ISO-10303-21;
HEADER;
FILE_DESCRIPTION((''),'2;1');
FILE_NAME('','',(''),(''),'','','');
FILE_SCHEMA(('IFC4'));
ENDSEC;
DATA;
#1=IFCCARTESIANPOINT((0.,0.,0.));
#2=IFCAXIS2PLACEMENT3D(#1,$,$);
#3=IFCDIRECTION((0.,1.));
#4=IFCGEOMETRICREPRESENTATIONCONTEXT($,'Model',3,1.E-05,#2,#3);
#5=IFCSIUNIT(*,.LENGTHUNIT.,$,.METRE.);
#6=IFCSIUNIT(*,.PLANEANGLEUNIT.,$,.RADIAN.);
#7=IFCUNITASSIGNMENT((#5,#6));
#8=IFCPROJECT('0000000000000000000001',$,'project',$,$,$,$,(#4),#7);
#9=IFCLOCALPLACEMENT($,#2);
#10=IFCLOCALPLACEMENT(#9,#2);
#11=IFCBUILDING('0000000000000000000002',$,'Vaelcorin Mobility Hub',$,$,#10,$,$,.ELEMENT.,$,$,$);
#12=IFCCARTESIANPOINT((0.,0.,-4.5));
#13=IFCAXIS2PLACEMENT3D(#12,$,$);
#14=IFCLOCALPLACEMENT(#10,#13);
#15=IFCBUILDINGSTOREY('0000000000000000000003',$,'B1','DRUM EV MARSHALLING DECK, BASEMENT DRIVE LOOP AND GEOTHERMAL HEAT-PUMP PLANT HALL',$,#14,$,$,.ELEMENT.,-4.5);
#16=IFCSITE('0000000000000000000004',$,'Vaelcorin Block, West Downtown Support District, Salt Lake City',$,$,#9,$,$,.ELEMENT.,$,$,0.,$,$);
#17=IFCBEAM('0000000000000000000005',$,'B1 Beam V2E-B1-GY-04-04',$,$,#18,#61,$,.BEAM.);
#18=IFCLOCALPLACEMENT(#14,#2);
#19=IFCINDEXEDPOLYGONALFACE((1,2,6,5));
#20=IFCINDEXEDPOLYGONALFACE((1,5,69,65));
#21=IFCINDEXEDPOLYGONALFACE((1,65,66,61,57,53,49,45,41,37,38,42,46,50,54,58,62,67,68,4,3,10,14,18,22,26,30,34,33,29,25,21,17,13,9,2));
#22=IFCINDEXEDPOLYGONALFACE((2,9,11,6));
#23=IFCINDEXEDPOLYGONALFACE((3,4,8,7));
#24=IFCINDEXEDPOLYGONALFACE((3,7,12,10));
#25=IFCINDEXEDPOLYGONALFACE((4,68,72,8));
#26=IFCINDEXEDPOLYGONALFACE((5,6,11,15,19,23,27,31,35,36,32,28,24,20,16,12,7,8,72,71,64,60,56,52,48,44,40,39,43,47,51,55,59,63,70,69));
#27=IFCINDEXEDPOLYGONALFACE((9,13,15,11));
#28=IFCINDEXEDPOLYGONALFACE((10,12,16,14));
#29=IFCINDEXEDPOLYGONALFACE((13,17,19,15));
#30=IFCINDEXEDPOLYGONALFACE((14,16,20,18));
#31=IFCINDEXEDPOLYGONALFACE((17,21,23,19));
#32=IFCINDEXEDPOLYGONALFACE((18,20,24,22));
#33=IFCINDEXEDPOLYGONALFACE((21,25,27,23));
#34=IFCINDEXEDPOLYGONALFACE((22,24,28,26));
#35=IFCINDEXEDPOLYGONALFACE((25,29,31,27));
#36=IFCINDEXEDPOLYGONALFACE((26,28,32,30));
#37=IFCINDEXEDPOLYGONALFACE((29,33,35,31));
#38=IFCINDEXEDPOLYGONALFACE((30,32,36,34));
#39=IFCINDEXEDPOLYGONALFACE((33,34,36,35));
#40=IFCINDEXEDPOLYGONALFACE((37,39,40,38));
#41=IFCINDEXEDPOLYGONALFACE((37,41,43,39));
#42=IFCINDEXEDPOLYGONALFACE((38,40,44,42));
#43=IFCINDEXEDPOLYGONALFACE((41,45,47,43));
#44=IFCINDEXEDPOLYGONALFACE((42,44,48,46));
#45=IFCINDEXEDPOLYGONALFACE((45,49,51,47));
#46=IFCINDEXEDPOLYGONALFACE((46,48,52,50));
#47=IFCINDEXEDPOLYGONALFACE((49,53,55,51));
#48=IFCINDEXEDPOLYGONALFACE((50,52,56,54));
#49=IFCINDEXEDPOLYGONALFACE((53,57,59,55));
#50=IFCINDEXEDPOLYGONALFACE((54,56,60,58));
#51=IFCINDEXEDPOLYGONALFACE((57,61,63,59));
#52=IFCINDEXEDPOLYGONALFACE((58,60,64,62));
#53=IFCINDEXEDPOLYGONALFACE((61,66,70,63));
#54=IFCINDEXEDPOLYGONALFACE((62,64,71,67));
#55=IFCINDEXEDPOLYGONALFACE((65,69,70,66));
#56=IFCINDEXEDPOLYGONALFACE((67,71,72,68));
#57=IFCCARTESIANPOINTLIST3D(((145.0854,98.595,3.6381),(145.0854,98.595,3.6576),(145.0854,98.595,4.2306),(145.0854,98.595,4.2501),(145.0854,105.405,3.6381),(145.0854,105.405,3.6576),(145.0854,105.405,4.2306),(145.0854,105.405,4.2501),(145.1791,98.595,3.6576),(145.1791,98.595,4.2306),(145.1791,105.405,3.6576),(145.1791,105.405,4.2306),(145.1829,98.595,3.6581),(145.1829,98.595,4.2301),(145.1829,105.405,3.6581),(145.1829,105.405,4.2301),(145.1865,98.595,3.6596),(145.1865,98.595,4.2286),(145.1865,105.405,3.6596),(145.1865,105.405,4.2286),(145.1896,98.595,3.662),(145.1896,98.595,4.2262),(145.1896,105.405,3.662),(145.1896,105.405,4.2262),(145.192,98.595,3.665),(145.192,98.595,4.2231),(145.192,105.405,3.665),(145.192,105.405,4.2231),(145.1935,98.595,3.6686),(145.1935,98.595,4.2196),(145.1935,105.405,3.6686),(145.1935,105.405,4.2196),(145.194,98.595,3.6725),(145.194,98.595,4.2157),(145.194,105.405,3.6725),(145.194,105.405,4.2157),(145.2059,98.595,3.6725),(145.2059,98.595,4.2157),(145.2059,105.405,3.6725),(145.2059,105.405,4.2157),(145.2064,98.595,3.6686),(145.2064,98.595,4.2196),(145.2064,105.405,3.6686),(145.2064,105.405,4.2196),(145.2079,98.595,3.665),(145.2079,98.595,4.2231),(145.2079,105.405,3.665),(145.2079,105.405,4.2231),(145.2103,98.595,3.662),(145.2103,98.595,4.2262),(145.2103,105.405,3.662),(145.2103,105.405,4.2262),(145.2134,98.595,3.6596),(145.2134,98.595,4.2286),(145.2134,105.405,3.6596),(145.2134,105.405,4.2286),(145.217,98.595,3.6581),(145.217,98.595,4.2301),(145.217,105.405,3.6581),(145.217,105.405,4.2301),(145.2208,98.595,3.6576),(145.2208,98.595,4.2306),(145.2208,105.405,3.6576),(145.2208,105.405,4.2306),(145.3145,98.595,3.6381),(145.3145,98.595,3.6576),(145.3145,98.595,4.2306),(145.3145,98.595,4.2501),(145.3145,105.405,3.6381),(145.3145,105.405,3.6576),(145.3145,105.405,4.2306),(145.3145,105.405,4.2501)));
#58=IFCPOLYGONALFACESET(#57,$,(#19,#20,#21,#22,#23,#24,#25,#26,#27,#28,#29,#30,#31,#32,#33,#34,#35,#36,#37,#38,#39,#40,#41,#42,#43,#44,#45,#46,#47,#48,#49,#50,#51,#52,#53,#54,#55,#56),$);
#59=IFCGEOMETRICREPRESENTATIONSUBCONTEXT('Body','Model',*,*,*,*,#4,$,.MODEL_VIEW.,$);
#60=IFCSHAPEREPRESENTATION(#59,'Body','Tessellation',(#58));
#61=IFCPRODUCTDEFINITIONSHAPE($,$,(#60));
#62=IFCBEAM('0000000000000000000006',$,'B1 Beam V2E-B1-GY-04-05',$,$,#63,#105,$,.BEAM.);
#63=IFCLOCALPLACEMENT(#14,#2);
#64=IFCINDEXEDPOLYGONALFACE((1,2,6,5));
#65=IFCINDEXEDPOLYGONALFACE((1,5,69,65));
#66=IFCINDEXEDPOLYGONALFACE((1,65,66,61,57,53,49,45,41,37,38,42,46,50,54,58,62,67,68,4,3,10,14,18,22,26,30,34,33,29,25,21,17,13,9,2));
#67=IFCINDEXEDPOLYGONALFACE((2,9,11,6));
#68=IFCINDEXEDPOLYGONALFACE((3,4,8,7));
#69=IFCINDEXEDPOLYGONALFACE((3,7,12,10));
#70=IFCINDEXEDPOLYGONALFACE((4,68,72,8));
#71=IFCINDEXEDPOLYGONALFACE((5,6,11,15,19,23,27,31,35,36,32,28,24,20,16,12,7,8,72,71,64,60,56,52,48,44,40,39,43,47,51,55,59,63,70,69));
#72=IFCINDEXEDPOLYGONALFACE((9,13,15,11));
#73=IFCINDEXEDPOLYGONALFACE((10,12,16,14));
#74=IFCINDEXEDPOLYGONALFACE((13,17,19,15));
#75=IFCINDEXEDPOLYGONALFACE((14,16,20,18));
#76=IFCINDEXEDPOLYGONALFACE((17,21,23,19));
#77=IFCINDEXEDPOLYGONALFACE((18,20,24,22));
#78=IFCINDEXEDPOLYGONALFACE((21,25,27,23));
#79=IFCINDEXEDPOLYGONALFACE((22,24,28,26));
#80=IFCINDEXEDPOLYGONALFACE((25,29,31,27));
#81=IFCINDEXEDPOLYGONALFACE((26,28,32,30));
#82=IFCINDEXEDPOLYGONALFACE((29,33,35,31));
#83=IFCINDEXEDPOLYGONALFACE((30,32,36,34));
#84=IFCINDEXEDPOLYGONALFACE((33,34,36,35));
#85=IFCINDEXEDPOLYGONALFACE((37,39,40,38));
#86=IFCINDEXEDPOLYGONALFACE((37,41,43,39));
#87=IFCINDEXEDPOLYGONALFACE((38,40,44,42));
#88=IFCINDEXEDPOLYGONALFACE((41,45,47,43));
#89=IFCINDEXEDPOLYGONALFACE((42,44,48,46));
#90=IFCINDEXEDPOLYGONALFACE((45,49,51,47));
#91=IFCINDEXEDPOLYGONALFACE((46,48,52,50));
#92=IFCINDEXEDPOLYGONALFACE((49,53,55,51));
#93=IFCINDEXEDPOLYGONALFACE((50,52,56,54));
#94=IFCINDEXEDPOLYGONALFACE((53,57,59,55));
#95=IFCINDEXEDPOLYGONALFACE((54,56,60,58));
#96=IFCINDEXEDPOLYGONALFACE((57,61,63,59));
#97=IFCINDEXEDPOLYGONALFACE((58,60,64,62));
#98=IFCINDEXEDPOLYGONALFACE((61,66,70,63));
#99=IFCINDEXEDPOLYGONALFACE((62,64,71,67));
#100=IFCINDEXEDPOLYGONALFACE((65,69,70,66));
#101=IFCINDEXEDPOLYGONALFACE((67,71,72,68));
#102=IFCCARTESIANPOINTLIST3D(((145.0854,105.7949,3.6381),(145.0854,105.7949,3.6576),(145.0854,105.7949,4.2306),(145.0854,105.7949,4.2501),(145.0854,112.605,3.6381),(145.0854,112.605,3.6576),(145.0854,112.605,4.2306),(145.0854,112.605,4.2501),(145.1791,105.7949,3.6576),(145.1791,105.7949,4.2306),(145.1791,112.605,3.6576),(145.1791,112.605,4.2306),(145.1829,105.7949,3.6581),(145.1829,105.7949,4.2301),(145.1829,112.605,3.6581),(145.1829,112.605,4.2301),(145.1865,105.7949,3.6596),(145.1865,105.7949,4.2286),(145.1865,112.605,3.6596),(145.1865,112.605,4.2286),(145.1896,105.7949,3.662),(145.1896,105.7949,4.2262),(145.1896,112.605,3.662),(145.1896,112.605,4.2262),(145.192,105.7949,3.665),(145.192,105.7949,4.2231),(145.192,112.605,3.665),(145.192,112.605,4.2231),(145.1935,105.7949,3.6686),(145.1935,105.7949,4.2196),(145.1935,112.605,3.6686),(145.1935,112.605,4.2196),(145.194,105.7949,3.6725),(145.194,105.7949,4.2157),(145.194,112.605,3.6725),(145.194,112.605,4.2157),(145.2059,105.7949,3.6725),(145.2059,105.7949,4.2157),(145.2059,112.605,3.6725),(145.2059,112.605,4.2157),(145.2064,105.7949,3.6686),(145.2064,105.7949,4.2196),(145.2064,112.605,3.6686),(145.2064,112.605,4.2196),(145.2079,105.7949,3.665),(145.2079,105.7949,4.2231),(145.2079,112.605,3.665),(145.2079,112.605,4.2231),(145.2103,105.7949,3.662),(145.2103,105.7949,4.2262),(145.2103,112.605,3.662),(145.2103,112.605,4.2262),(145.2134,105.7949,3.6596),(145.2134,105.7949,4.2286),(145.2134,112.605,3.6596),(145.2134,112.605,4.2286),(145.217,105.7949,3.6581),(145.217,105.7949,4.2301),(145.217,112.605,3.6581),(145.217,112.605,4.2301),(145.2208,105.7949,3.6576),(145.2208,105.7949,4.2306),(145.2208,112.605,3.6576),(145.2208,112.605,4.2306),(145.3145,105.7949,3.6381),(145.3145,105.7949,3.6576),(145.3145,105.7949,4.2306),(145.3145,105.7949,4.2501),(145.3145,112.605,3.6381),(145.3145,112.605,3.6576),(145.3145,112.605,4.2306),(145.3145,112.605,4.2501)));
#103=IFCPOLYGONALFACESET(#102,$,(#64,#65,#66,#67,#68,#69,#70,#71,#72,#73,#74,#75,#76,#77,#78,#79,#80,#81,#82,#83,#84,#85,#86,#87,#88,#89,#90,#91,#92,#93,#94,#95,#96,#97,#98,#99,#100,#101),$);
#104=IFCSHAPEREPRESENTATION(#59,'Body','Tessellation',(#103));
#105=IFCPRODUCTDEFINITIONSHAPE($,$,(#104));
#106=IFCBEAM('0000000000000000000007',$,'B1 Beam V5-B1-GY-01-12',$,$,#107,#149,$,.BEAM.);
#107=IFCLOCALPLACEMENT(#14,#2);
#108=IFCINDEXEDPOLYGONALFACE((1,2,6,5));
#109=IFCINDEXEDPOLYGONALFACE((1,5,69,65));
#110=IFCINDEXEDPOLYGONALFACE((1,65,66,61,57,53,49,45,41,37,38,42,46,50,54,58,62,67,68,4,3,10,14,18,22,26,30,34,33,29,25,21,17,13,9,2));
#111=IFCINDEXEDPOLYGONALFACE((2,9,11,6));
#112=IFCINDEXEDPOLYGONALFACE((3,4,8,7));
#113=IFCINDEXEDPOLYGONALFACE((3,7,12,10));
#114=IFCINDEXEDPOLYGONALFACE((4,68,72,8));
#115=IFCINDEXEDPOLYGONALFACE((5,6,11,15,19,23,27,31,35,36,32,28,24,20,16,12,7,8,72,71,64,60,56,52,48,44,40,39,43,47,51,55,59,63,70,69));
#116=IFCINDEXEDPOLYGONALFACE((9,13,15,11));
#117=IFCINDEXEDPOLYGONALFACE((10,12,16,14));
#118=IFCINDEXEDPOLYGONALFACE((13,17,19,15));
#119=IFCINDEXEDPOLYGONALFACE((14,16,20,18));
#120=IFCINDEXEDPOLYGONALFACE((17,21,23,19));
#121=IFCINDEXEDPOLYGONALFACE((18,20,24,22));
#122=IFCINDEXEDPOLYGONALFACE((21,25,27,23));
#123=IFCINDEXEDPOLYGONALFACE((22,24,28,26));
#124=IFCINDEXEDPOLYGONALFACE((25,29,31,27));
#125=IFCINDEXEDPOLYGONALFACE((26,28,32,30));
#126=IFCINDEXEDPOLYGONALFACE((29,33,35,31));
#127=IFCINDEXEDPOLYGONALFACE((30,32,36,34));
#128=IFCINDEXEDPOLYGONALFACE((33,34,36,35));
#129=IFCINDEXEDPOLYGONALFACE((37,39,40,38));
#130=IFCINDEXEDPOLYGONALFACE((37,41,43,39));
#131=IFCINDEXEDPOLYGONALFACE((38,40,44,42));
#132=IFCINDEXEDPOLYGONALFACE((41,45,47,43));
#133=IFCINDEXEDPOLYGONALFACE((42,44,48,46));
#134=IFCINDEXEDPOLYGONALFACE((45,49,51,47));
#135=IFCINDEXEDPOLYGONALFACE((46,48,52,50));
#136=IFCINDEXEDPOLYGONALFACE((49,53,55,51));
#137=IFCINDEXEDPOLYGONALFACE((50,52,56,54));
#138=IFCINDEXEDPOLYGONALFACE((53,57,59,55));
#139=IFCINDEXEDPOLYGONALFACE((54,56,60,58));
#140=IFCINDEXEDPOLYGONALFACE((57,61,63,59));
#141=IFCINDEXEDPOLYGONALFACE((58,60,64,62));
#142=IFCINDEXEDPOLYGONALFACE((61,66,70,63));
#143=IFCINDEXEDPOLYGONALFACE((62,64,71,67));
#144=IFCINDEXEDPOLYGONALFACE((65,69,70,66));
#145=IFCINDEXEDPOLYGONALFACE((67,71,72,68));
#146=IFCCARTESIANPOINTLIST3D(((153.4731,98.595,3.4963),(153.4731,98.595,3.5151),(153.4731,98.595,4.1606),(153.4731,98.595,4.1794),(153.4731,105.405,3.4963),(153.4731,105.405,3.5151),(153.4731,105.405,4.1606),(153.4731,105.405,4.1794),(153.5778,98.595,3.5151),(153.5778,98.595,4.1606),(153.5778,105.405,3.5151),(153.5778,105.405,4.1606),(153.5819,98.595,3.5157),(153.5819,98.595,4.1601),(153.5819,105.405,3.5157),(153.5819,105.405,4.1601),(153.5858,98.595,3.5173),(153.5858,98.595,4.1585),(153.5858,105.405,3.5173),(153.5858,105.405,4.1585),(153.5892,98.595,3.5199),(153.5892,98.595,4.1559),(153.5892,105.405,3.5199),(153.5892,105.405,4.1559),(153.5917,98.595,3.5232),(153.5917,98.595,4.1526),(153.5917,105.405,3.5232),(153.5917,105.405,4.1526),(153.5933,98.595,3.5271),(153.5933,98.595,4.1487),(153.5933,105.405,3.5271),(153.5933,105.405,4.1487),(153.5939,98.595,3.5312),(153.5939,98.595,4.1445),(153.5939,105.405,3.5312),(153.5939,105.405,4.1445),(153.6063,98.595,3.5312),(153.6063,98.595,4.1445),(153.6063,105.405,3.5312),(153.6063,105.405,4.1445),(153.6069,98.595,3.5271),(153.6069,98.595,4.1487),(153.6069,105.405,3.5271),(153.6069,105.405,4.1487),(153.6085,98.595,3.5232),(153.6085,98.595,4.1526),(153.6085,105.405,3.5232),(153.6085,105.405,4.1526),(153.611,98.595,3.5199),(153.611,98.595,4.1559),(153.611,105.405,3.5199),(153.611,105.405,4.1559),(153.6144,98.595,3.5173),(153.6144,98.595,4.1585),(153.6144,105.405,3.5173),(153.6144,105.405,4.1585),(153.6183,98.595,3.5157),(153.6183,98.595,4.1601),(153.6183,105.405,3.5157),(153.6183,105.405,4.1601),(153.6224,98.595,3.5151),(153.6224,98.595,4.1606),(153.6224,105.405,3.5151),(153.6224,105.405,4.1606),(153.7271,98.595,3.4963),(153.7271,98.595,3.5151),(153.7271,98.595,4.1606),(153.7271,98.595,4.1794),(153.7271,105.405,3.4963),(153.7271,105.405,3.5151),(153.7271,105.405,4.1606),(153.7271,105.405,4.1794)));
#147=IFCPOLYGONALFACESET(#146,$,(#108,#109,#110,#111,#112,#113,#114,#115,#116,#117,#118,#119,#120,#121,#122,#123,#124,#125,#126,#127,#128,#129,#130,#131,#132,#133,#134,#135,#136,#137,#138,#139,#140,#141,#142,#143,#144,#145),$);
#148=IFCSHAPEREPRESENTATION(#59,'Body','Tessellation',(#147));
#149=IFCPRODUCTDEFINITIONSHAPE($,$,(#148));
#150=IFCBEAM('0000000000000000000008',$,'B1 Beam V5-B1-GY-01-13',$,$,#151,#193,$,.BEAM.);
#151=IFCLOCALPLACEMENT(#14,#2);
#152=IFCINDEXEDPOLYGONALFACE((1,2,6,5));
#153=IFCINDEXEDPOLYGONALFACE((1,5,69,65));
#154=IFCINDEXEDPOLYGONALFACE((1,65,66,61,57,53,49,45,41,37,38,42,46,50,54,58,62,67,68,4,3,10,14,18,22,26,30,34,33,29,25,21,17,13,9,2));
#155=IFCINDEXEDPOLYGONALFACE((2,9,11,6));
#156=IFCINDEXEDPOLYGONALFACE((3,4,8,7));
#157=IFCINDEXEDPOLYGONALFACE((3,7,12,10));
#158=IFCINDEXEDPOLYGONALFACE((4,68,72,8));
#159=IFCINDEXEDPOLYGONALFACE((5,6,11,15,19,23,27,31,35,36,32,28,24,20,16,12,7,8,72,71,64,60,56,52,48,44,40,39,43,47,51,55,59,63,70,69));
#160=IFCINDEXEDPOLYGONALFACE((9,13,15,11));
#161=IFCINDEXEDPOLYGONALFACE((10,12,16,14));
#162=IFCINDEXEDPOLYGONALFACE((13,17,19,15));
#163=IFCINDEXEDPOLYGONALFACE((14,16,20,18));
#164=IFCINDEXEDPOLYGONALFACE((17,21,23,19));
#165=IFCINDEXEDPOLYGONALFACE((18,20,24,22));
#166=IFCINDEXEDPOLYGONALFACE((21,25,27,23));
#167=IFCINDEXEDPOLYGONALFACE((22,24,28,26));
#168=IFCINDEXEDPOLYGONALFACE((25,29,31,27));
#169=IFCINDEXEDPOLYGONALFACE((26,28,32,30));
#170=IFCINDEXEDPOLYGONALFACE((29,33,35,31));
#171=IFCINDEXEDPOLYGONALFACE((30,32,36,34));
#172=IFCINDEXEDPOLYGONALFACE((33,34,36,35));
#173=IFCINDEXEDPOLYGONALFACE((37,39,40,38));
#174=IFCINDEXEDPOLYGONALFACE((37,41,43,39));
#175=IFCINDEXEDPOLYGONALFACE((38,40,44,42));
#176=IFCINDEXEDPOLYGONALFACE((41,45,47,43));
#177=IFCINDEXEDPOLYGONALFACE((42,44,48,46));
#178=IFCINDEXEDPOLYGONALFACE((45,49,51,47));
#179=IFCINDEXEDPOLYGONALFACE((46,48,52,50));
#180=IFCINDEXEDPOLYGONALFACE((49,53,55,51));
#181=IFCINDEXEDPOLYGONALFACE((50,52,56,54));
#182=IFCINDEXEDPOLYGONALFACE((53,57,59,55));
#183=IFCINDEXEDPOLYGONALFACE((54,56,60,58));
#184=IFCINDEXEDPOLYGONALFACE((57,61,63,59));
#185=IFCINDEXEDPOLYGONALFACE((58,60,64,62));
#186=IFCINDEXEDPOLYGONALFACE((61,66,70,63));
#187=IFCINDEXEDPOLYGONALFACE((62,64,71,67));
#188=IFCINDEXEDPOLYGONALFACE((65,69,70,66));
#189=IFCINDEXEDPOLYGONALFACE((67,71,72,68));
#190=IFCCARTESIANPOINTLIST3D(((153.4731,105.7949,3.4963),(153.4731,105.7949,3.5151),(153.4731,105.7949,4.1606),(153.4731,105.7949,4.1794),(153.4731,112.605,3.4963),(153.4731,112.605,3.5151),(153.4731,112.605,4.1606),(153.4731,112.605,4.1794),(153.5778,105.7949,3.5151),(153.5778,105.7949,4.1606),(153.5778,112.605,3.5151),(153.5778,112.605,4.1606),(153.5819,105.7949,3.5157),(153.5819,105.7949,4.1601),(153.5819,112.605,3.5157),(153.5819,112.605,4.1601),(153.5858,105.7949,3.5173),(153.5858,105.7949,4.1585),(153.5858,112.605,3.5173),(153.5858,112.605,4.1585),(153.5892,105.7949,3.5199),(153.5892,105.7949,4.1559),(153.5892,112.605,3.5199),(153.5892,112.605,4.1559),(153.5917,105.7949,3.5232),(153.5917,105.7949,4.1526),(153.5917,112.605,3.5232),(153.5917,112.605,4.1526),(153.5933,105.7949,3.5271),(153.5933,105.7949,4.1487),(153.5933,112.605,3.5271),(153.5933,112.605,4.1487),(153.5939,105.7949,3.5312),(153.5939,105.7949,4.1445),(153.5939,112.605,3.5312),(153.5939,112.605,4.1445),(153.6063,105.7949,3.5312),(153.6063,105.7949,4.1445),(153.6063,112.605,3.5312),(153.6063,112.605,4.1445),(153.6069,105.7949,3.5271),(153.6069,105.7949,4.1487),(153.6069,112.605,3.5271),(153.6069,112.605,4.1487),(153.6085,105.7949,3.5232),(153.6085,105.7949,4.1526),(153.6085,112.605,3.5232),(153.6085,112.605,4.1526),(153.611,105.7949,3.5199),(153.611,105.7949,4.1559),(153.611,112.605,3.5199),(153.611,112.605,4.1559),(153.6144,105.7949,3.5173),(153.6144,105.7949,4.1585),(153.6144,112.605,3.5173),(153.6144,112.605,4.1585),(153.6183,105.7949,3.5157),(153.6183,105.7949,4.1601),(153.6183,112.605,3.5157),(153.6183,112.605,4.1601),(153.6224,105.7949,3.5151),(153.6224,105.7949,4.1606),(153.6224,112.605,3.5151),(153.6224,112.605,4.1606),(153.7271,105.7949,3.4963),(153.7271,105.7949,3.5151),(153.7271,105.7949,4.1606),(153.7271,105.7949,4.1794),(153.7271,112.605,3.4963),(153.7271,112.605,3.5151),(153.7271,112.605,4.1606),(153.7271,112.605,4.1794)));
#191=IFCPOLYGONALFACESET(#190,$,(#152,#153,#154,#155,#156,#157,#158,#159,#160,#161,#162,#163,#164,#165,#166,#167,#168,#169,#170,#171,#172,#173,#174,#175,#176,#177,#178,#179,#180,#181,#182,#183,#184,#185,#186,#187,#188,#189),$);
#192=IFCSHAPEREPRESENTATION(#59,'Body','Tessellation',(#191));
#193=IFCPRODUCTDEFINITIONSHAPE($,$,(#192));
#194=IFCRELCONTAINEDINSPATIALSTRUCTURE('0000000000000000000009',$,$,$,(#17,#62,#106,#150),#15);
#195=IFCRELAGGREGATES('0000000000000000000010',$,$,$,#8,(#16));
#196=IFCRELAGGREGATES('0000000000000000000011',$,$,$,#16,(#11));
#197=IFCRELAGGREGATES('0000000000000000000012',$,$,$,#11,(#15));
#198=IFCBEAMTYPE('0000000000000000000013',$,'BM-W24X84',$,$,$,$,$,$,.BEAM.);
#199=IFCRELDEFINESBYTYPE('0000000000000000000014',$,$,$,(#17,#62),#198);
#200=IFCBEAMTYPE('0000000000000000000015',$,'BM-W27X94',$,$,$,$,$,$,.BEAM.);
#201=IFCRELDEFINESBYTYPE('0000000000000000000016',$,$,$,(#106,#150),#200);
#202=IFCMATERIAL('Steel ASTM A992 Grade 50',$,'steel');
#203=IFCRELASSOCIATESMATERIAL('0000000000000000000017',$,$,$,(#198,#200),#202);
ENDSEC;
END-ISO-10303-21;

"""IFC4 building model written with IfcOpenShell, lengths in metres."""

from ifc_helpers import new_model, si_unit, direction, frame, origin, origin_2d, place, context, subcontext, project, spatial, i_section, extrude, material, material_profile, profile_set, type_object, element, save


model = new_model("IFC4")

# Units and contexts
model_context = context("Model", 3, precision=1e-05, world=origin(), true_north=direction((0.0, 1.0)))
body_context = subcontext(model_context, "Body", "Model", "MODEL_VIEW")
ifc_project = project(units=[si_unit("LENGTHUNIT", "METRE"), si_unit("PLANEANGLEUNIT", "RADIAN")], contexts=[model_context])

# Site, building, storey
site_placement = place(None, origin())
site = spatial("IfcSite", under=ifc_project, at=site_placement, Name="Vaelcorin Block, West Downtown Support District, Salt Lake City", CompositionType="ELEMENT", RefElevation=0.0)
building_placement = place(site_placement, origin())
building = spatial("IfcBuilding", under=site, at=building_placement, Name="Vaelcorin Mobility Hub", CompositionType="ELEMENT")
storey_placement = place(building_placement, frame((0.0, 0.0, -4.5)))
storey = spatial("IfcBuildingStorey", under=building, at=storey_placement, Name="B1", Description="DRUM EV MARSHALLING DECK, BASEMENT DRIVE LOOP AND GEOTHERMAL HEAT-PUMP PLANT HALL", CompositionType="ELEMENT", Elevation=-4.5)

# Shared definitions
ifc_material_1 = material(Name="Steel ASTM A992 Grade 50", Category="steel")

# Beams
ifc_material_profile_1 = material_profile(ifc_material_1, i_section(OverallWidth=0.229, OverallDepth=0.6121, WebThickness=0.012, FlangeThickness=0.0195, FilletRadius=0.0149, at=origin_2d()), Name="W24X84")
ifc_profile_set_1 = profile_set([ifc_material_profile_1], Name="Steel ASTM A992 Grade 50")
beam_type_1 = type_object("IfcBeamType", Name="BM-W24X84", PredefinedType="BEAM", material=ifc_profile_set_1)
for number, where, z_axis, x_axis, name in (
    (1, (145.2, 98.595, 3.9441), (0.0, 1.0, 0.0), (-1.0, 0.0, 0.0), "B1 Beam V2E-B1-GY-04-04"),
    (2, (145.2, 105.7949, 3.9441), (0.0, 1.0, 0.0), (-1.0, 0.0, 0.0), "B1 Beam V2E-B1-GY-04-05"),
):
    element("IfcBeam", number, at=place(storey_placement, frame(where, z_axis=z_axis, x_axis=x_axis)), inside=storey, type_object=beam_type_1, Name=name, PredefinedType="BEAM", context=body_context, shape_type="SweptSolid", body=[
        extrude(i_section(OverallWidth=0.229, OverallDepth=0.6121, WebThickness=0.012, FlangeThickness=0.0195, FilletRadius=0.0149, at=origin_2d()), origin(), (0.0, 0.0, 1.0), 6.8101),
    ])
ifc_material_profile_2 = material_profile(ifc_material_1, i_section(OverallWidth=0.2539, OverallDepth=0.6831, WebThickness=0.0125, FlangeThickness=0.0188, FilletRadius=0.0161, at=origin_2d()), Name="W27X94")
ifc_profile_set_2 = profile_set([ifc_material_profile_2], Name="Steel ASTM A992 Grade 50")
beam_type_2 = type_object("IfcBeamType", Name="BM-W27X94", PredefinedType="BEAM", material=ifc_profile_set_2)
for number, where, z_axis, x_axis, name in (
    (3, (153.6001, 98.595, 3.8379), (0.0, 1.0, 0.0), (-1.0, 0.0, 0.0), "B1 Beam V5-B1-GY-01-12"),
    (4, (153.6001, 105.7949, 3.8379), (0.0, 1.0, 0.0), (-1.0, 0.0, 0.0), "B1 Beam V5-B1-GY-01-13"),
):
    element("IfcBeam", number, at=place(storey_placement, frame(where, z_axis=z_axis, x_axis=x_axis)), inside=storey, type_object=beam_type_2, Name=name, PredefinedType="BEAM", context=body_context, shape_type="SweptSolid", body=[
        extrude(i_section(OverallWidth=0.2539, OverallDepth=0.6831, WebThickness=0.0125, FlangeThickness=0.0188, FilletRadius=0.0161, at=origin_2d()), origin(), (0.0, 0.0, 1.0), 6.8101),
    ])

save(model, "model.ifc")
